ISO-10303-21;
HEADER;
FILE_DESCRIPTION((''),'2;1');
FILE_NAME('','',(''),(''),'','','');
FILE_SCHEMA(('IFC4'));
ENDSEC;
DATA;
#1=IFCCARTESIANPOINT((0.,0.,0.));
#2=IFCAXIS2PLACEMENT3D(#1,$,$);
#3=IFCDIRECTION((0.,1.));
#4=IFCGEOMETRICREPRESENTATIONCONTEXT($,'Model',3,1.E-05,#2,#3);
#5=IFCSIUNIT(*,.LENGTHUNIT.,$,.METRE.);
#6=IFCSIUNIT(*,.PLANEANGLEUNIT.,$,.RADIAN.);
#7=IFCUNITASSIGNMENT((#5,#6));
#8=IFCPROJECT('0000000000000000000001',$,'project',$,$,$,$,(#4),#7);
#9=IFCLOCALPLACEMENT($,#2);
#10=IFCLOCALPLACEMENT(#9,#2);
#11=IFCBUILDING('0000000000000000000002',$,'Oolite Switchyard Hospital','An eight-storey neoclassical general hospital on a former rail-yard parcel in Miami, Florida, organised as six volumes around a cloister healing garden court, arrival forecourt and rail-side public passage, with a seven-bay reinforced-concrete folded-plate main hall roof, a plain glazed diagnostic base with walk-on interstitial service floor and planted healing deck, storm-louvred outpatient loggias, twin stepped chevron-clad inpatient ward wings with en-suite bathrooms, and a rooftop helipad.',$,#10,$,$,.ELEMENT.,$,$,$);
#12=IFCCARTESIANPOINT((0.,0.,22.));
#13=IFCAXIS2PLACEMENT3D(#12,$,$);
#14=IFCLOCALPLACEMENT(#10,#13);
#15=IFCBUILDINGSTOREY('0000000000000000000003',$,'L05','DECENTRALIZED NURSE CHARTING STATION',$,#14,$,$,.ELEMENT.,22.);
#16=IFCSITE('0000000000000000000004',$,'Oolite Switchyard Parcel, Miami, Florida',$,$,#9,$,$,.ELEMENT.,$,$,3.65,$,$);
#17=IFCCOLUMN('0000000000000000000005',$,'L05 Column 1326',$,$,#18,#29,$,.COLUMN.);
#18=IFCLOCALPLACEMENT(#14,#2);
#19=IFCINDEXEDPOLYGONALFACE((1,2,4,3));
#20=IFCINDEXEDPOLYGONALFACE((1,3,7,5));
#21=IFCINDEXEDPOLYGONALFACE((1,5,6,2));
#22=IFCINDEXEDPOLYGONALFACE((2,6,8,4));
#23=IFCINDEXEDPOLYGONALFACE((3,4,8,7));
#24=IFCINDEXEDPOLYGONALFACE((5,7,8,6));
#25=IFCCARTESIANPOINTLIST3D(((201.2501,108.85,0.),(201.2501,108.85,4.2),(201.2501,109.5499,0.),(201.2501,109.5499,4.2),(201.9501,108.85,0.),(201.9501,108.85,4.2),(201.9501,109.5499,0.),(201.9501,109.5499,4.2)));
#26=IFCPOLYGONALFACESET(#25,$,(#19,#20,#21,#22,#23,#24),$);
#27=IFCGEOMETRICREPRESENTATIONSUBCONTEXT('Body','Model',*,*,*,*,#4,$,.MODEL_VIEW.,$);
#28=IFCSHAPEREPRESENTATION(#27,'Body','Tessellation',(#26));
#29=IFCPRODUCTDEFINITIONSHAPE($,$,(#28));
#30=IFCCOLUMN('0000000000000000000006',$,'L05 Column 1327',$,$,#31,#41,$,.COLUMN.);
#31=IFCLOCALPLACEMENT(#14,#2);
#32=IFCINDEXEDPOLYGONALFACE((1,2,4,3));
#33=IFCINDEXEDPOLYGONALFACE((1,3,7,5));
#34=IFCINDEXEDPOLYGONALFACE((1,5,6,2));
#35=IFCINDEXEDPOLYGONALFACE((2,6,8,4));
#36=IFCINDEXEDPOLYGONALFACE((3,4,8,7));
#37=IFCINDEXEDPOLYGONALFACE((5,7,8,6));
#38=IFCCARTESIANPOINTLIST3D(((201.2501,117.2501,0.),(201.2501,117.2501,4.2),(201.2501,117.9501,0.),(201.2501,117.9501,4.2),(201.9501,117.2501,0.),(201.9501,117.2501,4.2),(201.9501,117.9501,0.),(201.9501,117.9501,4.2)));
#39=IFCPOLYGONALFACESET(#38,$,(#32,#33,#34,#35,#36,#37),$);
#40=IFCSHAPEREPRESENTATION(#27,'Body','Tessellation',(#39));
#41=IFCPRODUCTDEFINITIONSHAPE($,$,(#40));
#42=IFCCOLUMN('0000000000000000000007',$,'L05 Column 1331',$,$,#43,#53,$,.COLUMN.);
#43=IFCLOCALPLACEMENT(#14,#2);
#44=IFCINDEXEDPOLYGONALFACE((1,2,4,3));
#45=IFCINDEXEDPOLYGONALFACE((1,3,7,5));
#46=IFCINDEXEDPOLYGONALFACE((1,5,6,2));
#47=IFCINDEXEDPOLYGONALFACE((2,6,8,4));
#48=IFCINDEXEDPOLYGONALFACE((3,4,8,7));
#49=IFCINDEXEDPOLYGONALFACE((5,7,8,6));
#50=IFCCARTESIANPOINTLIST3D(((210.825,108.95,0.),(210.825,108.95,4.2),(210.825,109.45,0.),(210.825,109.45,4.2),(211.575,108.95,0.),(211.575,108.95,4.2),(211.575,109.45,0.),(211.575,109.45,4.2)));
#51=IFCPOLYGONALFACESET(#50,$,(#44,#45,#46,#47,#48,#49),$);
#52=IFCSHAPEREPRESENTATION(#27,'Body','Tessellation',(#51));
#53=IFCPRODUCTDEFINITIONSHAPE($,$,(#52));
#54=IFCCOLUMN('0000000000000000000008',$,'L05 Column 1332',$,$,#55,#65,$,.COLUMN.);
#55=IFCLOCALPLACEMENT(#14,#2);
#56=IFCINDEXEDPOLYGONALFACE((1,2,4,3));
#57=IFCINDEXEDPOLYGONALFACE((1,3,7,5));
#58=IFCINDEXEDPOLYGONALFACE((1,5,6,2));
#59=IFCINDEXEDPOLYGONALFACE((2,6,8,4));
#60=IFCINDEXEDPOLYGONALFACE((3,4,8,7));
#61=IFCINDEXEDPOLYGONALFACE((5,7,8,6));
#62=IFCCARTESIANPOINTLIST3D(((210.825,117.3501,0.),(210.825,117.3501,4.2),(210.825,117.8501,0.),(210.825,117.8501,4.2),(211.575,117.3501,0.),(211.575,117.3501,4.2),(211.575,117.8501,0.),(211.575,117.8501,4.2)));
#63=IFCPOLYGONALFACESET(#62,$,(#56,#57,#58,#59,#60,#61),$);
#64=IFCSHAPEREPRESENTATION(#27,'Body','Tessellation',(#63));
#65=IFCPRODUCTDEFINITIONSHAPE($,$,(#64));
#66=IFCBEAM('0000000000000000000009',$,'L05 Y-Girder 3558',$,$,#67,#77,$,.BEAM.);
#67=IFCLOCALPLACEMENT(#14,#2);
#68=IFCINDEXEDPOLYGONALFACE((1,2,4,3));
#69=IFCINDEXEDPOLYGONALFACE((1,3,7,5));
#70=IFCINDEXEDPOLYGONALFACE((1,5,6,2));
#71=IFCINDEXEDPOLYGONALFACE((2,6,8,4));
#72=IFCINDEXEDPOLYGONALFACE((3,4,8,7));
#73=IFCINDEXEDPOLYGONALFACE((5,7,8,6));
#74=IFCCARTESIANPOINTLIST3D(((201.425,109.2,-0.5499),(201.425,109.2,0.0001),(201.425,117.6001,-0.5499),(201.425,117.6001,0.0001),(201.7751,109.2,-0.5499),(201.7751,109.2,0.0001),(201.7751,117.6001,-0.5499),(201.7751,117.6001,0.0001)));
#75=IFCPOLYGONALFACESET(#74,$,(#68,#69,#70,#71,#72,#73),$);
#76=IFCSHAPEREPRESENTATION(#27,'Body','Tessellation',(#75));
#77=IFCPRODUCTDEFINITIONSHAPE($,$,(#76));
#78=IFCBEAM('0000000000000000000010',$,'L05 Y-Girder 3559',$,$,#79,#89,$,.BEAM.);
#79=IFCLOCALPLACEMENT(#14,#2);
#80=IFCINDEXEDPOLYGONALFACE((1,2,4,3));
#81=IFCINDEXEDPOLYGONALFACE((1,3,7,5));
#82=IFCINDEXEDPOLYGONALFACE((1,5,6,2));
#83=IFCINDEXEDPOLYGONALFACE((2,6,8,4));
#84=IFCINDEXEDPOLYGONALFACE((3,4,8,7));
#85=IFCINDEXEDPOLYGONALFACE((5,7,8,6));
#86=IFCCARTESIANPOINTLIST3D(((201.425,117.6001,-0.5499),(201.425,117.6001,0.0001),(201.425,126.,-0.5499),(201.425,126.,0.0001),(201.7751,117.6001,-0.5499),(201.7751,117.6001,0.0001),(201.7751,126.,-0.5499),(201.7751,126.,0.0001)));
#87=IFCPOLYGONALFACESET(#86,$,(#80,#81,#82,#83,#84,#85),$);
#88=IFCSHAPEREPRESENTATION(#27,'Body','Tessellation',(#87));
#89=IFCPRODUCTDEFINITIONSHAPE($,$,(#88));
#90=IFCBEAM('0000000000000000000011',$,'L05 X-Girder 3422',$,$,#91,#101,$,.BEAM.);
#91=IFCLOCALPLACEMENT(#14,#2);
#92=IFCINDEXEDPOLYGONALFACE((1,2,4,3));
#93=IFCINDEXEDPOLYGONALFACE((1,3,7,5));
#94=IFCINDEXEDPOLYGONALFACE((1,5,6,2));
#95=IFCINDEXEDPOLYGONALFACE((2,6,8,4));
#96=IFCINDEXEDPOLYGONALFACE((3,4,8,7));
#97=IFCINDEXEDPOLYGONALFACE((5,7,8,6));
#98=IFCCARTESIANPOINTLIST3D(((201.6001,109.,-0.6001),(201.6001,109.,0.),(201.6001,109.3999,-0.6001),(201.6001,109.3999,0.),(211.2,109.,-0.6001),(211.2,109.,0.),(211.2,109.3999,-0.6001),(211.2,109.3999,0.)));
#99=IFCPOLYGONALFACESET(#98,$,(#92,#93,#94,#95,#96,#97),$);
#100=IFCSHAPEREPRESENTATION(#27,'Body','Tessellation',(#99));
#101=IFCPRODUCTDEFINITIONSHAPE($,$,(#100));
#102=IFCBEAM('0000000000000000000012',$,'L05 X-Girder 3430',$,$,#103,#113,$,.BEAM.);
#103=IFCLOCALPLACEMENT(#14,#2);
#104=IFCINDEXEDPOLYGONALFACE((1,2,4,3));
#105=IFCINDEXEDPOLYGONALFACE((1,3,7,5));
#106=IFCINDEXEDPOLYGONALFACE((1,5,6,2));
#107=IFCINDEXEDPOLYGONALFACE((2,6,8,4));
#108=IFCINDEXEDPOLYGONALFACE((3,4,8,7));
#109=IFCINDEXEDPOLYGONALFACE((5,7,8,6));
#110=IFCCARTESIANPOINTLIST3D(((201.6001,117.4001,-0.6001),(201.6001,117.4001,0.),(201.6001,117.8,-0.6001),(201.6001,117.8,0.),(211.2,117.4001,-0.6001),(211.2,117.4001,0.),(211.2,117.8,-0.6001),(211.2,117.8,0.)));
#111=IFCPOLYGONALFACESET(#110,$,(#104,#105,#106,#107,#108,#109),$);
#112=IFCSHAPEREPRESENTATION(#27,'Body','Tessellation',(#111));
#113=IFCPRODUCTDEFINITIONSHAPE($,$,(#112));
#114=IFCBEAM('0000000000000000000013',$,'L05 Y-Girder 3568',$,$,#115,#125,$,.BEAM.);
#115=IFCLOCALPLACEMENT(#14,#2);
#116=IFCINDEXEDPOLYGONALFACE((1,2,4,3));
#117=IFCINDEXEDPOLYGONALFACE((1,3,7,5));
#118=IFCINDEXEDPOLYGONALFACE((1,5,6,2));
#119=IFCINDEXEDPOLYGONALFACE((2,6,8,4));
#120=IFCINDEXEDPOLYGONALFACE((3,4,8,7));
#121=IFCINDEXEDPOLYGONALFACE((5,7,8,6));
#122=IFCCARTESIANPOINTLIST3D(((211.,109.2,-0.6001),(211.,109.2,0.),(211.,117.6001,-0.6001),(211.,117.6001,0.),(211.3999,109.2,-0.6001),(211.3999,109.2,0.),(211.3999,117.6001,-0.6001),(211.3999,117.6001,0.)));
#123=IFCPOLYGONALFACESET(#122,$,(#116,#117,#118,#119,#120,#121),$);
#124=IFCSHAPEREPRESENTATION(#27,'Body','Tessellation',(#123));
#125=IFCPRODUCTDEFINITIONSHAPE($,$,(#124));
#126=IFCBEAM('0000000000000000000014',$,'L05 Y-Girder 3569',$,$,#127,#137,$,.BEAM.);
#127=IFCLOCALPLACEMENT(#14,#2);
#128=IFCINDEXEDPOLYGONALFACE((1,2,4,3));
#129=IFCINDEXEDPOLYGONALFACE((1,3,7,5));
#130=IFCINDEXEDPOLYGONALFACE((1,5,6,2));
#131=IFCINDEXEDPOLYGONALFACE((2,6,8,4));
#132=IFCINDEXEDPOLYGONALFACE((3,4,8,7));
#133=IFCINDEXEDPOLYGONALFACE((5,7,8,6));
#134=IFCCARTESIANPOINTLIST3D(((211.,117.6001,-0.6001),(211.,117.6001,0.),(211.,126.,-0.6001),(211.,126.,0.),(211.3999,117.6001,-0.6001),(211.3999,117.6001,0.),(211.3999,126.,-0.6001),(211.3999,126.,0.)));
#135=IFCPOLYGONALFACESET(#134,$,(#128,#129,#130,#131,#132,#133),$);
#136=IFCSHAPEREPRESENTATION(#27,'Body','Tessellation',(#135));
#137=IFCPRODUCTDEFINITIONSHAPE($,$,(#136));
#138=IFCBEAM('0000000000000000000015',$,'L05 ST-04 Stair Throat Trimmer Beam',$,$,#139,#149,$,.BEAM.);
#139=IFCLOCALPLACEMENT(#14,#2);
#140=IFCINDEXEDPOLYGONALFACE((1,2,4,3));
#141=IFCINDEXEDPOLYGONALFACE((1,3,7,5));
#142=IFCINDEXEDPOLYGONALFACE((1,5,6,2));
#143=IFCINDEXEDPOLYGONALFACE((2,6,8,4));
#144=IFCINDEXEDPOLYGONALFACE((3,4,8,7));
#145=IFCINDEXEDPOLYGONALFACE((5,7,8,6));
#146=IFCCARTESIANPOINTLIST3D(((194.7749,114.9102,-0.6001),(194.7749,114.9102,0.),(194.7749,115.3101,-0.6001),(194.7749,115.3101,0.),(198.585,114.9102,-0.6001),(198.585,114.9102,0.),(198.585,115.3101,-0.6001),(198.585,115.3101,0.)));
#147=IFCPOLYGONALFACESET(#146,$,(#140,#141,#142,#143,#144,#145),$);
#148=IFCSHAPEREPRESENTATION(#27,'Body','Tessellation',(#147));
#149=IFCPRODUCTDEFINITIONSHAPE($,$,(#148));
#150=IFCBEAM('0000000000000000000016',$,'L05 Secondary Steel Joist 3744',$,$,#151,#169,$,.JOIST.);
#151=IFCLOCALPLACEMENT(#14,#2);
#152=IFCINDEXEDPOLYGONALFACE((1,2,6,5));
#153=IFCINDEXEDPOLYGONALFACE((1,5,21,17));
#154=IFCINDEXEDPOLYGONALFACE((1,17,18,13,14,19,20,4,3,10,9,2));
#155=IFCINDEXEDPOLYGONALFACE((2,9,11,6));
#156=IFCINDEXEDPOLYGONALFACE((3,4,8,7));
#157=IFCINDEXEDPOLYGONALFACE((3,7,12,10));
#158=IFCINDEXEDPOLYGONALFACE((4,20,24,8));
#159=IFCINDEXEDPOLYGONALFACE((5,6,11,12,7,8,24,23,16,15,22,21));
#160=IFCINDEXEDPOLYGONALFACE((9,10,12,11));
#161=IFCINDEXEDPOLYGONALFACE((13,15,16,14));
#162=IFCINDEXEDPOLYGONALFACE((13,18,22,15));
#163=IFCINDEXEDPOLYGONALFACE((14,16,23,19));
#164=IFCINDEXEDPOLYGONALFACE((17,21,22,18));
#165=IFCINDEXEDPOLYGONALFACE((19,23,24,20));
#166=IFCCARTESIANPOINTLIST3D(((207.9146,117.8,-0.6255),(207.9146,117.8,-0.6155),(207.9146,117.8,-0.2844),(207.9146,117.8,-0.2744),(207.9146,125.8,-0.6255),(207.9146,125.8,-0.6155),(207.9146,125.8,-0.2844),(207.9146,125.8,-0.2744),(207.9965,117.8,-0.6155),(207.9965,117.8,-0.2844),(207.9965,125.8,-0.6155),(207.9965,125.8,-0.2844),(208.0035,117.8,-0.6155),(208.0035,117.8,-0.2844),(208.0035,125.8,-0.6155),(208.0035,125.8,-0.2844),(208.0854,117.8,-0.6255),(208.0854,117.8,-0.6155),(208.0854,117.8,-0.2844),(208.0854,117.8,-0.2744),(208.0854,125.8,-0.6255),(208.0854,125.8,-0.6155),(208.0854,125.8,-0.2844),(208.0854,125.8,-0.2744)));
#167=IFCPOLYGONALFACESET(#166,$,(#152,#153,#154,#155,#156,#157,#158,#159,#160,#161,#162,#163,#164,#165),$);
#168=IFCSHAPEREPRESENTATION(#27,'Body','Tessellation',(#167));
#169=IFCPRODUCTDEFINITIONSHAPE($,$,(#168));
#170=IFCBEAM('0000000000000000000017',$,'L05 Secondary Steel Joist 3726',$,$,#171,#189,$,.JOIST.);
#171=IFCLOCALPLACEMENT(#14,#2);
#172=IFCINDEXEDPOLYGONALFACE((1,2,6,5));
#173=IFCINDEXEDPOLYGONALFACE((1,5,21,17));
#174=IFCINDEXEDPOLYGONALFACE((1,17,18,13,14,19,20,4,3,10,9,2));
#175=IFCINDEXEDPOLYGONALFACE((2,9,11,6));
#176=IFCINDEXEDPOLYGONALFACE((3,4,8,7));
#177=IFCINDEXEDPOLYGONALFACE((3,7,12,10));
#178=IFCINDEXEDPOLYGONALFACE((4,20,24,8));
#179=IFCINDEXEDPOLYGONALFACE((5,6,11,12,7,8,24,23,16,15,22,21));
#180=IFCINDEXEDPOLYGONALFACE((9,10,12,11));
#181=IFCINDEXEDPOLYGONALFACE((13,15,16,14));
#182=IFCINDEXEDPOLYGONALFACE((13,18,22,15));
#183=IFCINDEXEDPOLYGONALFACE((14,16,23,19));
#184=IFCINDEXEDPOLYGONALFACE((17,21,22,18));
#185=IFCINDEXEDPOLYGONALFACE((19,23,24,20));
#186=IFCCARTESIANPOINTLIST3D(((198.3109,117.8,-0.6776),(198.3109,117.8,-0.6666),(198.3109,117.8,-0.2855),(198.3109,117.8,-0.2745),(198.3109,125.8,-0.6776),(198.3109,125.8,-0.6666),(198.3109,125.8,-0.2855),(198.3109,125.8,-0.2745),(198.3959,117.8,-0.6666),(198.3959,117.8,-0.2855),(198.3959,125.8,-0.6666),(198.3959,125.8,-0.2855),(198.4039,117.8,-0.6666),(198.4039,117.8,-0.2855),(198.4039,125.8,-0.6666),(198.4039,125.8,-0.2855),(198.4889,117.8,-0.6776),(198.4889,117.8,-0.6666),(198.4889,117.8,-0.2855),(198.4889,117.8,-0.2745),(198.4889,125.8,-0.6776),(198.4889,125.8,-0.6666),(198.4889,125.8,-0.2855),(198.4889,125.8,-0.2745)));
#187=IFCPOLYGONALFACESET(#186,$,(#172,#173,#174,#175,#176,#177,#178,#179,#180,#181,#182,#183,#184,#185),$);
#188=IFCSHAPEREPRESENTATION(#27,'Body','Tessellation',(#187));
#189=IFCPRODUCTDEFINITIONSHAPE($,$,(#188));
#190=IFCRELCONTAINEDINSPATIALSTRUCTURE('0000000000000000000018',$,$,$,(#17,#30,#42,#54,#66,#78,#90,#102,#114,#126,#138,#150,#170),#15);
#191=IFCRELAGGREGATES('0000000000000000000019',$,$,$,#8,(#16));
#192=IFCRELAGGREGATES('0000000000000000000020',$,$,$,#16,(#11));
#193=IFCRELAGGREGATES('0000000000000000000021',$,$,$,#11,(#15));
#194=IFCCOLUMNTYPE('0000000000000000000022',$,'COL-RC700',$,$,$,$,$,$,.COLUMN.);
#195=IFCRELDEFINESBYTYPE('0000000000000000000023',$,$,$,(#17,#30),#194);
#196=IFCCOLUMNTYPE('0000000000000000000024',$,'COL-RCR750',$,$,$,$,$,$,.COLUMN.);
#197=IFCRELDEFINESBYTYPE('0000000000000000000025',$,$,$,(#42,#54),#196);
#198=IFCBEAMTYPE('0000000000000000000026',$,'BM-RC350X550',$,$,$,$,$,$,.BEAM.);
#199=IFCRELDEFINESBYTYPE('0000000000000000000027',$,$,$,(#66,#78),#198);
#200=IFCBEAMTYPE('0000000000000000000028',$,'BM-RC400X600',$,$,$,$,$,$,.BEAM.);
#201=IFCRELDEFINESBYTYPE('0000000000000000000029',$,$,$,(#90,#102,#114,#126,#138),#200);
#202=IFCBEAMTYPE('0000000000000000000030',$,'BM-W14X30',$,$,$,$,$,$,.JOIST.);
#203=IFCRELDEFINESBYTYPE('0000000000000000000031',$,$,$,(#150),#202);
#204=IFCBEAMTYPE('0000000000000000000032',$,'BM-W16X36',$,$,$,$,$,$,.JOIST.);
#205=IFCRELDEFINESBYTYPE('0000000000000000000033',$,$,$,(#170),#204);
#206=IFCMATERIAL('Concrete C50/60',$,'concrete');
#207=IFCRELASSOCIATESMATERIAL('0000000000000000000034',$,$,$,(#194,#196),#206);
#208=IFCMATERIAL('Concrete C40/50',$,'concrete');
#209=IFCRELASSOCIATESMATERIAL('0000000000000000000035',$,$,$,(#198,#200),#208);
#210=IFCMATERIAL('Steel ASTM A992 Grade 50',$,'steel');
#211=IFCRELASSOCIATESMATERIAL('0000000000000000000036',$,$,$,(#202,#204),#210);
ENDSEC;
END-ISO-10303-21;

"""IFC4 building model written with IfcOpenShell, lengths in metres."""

from ifc_helpers import new_model, si_unit, direction, frame, origin, origin_2d, place, context, subcontext, project, spatial, rectangle, i_section, extrude, material, material_profile, profile_set, type_object, element, save


model = new_model("IFC4")

# Units and contexts
model_context = context("Model", 3, precision=1e-05, world=origin(), true_north=direction((0.0, 1.0)))
body_context = subcontext(model_context, "Body", "Model", "MODEL_VIEW")
ifc_project = project(units=[si_unit("LENGTHUNIT", "METRE"), si_unit("PLANEANGLEUNIT", "RADIAN")], contexts=[model_context])

# Site, building, storey
site_placement = place(None, origin())
site = spatial("IfcSite", under=ifc_project, at=site_placement, Name="Oolite Switchyard Parcel, Miami, Florida", CompositionType="ELEMENT", RefElevation=3.65)
building_placement = place(site_placement, origin())
building = spatial("IfcBuilding", under=site, at=building_placement, Name="Oolite Switchyard Hospital", Description="An eight-storey neoclassical general hospital on a former rail-yard parcel in Miami, Florida, organised as six volumes around a cloister healing garden court, arrival forecourt and rail-side public passage, with a seven-bay reinforced-concrete folded-plate main hall roof, a plain glazed diagnostic base with walk-on interstitial service floor and planted healing deck, storm-louvred outpatient loggias, twin stepped chevron-clad inpatient ward wings with en-suite bathrooms, and a rooftop helipad.", CompositionType="ELEMENT")
storey_placement = place(building_placement, frame((0.0, 0.0, 22.0)))
storey = spatial("IfcBuildingStorey", under=building, at=storey_placement, Name="L05", Description="DECENTRALIZED NURSE CHARTING STATION", CompositionType="ELEMENT", Elevation=22.0)

# Columns
ifc_material_1 = material(Name="Concrete C50/60", Category="concrete")
ifc_material_profile_1 = material_profile(ifc_material_1, rectangle(XDim=0.7, YDim=0.7, at=origin_2d()), Name="RC700X700")
ifc_profile_set_1 = profile_set([ifc_material_profile_1], Name="Concrete C50/60")
column_type_1 = type_object("IfcColumnType", Name="COL-RC700", PredefinedType="COLUMN", material=ifc_profile_set_1)
for number, where, z_axis, x_axis, name in (
    (1, (201.6001, 109.2, 0.0), (0.0, 0.0, 1.0), (1.0, 0.0, 0.0), "L05 Column 1326"),
    (2, (201.6001, 117.6001, 0.0), (0.0, 0.0, 1.0), (1.0, 0.0, 0.0), "L05 Column 1327"),
):
    element("IfcColumn", number, at=place(storey_placement, frame(where, z_axis=z_axis, x_axis=x_axis)), inside=storey, type_object=column_type_1, Name=name, PredefinedType="COLUMN", context=body_context, shape_type="SweptSolid", body=[
        extrude(rectangle(XDim=0.7, YDim=0.7, at=origin_2d()), origin(), (0.0, 0.0, 1.0), 4.2),
    ])
ifc_material_profile_2 = material_profile(ifc_material_1, rectangle(XDim=0.75, YDim=0.5, at=origin_2d()), Name="RC750X500")
ifc_profile_set_2 = profile_set([ifc_material_profile_2], Name="Concrete C50/60")
column_type_2 = type_object("IfcColumnType", Name="COL-RCR750", PredefinedType="COLUMN", material=ifc_profile_set_2)
for number, where, z_axis, x_axis, name in (
    (3, (211.2, 109.2, 0.0), (0.0, 0.0, 1.0), (1.0, 0.0, 0.0), "L05 Column 1331"),
    (4, (211.2, 117.6001, 0.0), (0.0, 0.0, 1.0), (1.0, 0.0, 0.0), "L05 Column 1332"),
):
    element("IfcColumn", number, at=place(storey_placement, frame(where, z_axis=z_axis, x_axis=x_axis)), inside=storey, type_object=column_type_2, Name=name, PredefinedType="COLUMN", context=body_context, shape_type="SweptSolid", body=[
        extrude(rectangle(XDim=0.75, YDim=0.5, at=origin_2d()), origin(), (0.0, 0.0, 1.0), 4.2),
    ])

# Beams
ifc_material_2 = material(Name="Concrete C40/50", Category="concrete")
ifc_material_profile_3 = material_profile(ifc_material_2, rectangle(XDim=0.3501, YDim=0.55, at=origin_2d()), Name="RCB350X550")
ifc_profile_set_3 = profile_set([ifc_material_profile_3], Name="Concrete C40/50")
beam_type_1 = type_object("IfcBeamType", Name="BM-RC350X550", PredefinedType="BEAM", material=ifc_profile_set_3)
beam_1_placement = place(storey_placement, frame((201.6001, 109.2, -0.2749), z_axis=(0.0, 1.0, 0.0), x_axis=(-1.0, 0.0, 0.0)))
element("IfcBeam", 5, at=beam_1_placement, inside=storey, type_object=beam_type_1, Name="L05 Y-Girder 3558", PredefinedType="BEAM", context=body_context, shape_type="SweptSolid", body=[
    extrude(rectangle(XDim=0.3501, YDim=0.55, at=origin_2d()), origin(), (0.0, 0.0, 1.0), 8.4001),
])
beam_2_placement = place(storey_placement, frame((201.6001, 117.6001, -0.2749), z_axis=(0.0, 1.0, 0.0), x_axis=(-1.0, 0.0, 0.0)))
element("IfcBeam", 6, at=beam_2_placement, inside=storey, type_object=beam_type_1, Name="L05 Y-Girder 3559", PredefinedType="BEAM", context=body_context, shape_type="SweptSolid", body=[
    extrude(rectangle(XDim=0.3501, YDim=0.55, at=origin_2d()), origin(), (0.0, 0.0, 1.0), 8.3999),
])
ifc_material_profile_4 = material_profile(ifc_material_2, rectangle(XDim=0.3999, YDim=0.6001, at=origin_2d()), Name="RCB400X600")
ifc_profile_set_4 = profile_set([ifc_material_profile_4], Name="Concrete C40/50")
beam_type_2 = type_object("IfcBeamType", Name="BM-RC400X600", PredefinedType="BEAM", material=ifc_profile_set_4)
for number, where, z_axis, x_axis, name in (
    (7, (201.6001, 109.2, -0.3), (1.0, 0.0, 0.0), (0.0, 1.0, 0.0), "L05 X-Girder 3422"),
    (8, (201.6001, 117.6001, -0.3), (1.0, 0.0, 0.0), (0.0, 1.0, 0.0), "L05 X-Girder 3430"),
):
    element("IfcBeam", number, at=place(storey_placement, frame(where, z_axis=z_axis, x_axis=x_axis)), inside=storey, type_object=beam_type_2, Name=name, PredefinedType="BEAM", context=body_context, shape_type="SweptSolid", body=[
        extrude(rectangle(XDim=0.3999, YDim=0.6001, at=origin_2d()), origin(), (0.0, 0.0, 1.0), 9.5999),
    ])
beam_3_placement = place(storey_placement, frame((211.2, 109.2, -0.3), z_axis=(0.0, 1.0, 0.0), x_axis=(-1.0, 0.0, 0.0)))
element("IfcBeam", 9, at=beam_3_placement, inside=storey, type_object=beam_type_2, Name="L05 Y-Girder 3568", PredefinedType="BEAM", context=body_context, shape_type="SweptSolid", body=[
    extrude(rectangle(XDim=0.3999, YDim=0.6001, at=origin_2d()), origin(), (0.0, 0.0, 1.0), 8.4001),
])
beam_4_placement = place(storey_placement, frame((211.2, 117.6001, -0.3), z_axis=(0.0, 1.0, 0.0), x_axis=(-1.0, 0.0, 0.0)))
element("IfcBeam", 10, at=beam_4_placement, inside=storey, type_object=beam_type_2, Name="L05 Y-Girder 3569", PredefinedType="BEAM", context=body_context, shape_type="SweptSolid", body=[
    extrude(rectangle(XDim=0.3999, YDim=0.6001, at=origin_2d()), origin(), (0.0, 0.0, 1.0), 8.3999),
])
beam_5_placement = place(storey_placement, frame((194.7749, 115.1101, -0.3), z_axis=(1.0, 0.0, 0.0), x_axis=(0.0, 1.0, 0.0)))
element("IfcBeam", 11, at=beam_5_placement, inside=storey, type_object=beam_type_2, Name="L05 ST-04 Stair Throat Trimmer Beam", PredefinedType="BEAM", context=body_context, shape_type="SweptSolid", body=[
    extrude(rectangle(XDim=0.3999, YDim=0.6001, at=origin_2d()), origin(), (0.0, 0.0, 1.0), 3.8101),
])
ifc_material_3 = material(Name="Steel ASTM A992 Grade 50", Category="steel")
ifc_material_profile_5 = material_profile(ifc_material_3, i_section(OverallWidth=0.1709, OverallDepth=0.3511, WebThickness=0.0071, FlangeThickness=0.01, at=origin_2d()), Name="W14X30")
ifc_profile_set_5 = profile_set([ifc_material_profile_5], Name="Steel ASTM A992 Grade 50")
beam_type_3 = type_object("IfcBeamType", Name="BM-W14X30", PredefinedType="JOIST", material=ifc_profile_set_5)
beam_6_placement = place(storey_placement, frame((208.0, 117.8, -0.45), z_axis=(0.0, 1.0, 0.0), x_axis=(-1.0, 0.0, 0.0)))
element("IfcBeam", 12, at=beam_6_placement, inside=storey, type_object=beam_type_3, Name="L05 Secondary Steel Joist 3744", PredefinedType="JOIST", context=body_context, shape_type="SweptSolid", body=[
    extrude(i_section(OverallWidth=0.1709, OverallDepth=0.3511, WebThickness=0.0071, FlangeThickness=0.01, at=origin_2d()), origin(), (0.0, 0.0, 1.0), 8.0),
])
ifc_material_profile_6 = material_profile(ifc_material_3, i_section(OverallWidth=0.178, OverallDepth=0.4031, WebThickness=0.0081, FlangeThickness=0.011, at=origin_2d()), Name="W16X36")
ifc_profile_set_6 = profile_set([ifc_material_profile_6], Name="Steel ASTM A992 Grade 50")
beam_type_4 = type_object("IfcBeamType", Name="BM-W16X36", PredefinedType="JOIST", material=ifc_profile_set_6)
for number, where, z_axis, x_axis, name in (
    (13, (198.3999, 117.8, -0.4761), (0.0, 1.0, 0.0), (-1.0, 0.0, 0.0), "L05 Secondary Steel Joist 3726"),
):
    element("IfcBeam", number, at=place(storey_placement, frame(where, z_axis=z_axis, x_axis=x_axis)), inside=storey, type_object=beam_type_4, Name=name, PredefinedType="JOIST", context=body_context, shape_type="SweptSolid", body=[
        extrude(i_section(OverallWidth=0.178, OverallDepth=0.4031, WebThickness=0.0081, FlangeThickness=0.011, at=origin_2d()), origin(), (0.0, 0.0, 1.0), 8.0),
    ])

save(model, "model.ifc")
